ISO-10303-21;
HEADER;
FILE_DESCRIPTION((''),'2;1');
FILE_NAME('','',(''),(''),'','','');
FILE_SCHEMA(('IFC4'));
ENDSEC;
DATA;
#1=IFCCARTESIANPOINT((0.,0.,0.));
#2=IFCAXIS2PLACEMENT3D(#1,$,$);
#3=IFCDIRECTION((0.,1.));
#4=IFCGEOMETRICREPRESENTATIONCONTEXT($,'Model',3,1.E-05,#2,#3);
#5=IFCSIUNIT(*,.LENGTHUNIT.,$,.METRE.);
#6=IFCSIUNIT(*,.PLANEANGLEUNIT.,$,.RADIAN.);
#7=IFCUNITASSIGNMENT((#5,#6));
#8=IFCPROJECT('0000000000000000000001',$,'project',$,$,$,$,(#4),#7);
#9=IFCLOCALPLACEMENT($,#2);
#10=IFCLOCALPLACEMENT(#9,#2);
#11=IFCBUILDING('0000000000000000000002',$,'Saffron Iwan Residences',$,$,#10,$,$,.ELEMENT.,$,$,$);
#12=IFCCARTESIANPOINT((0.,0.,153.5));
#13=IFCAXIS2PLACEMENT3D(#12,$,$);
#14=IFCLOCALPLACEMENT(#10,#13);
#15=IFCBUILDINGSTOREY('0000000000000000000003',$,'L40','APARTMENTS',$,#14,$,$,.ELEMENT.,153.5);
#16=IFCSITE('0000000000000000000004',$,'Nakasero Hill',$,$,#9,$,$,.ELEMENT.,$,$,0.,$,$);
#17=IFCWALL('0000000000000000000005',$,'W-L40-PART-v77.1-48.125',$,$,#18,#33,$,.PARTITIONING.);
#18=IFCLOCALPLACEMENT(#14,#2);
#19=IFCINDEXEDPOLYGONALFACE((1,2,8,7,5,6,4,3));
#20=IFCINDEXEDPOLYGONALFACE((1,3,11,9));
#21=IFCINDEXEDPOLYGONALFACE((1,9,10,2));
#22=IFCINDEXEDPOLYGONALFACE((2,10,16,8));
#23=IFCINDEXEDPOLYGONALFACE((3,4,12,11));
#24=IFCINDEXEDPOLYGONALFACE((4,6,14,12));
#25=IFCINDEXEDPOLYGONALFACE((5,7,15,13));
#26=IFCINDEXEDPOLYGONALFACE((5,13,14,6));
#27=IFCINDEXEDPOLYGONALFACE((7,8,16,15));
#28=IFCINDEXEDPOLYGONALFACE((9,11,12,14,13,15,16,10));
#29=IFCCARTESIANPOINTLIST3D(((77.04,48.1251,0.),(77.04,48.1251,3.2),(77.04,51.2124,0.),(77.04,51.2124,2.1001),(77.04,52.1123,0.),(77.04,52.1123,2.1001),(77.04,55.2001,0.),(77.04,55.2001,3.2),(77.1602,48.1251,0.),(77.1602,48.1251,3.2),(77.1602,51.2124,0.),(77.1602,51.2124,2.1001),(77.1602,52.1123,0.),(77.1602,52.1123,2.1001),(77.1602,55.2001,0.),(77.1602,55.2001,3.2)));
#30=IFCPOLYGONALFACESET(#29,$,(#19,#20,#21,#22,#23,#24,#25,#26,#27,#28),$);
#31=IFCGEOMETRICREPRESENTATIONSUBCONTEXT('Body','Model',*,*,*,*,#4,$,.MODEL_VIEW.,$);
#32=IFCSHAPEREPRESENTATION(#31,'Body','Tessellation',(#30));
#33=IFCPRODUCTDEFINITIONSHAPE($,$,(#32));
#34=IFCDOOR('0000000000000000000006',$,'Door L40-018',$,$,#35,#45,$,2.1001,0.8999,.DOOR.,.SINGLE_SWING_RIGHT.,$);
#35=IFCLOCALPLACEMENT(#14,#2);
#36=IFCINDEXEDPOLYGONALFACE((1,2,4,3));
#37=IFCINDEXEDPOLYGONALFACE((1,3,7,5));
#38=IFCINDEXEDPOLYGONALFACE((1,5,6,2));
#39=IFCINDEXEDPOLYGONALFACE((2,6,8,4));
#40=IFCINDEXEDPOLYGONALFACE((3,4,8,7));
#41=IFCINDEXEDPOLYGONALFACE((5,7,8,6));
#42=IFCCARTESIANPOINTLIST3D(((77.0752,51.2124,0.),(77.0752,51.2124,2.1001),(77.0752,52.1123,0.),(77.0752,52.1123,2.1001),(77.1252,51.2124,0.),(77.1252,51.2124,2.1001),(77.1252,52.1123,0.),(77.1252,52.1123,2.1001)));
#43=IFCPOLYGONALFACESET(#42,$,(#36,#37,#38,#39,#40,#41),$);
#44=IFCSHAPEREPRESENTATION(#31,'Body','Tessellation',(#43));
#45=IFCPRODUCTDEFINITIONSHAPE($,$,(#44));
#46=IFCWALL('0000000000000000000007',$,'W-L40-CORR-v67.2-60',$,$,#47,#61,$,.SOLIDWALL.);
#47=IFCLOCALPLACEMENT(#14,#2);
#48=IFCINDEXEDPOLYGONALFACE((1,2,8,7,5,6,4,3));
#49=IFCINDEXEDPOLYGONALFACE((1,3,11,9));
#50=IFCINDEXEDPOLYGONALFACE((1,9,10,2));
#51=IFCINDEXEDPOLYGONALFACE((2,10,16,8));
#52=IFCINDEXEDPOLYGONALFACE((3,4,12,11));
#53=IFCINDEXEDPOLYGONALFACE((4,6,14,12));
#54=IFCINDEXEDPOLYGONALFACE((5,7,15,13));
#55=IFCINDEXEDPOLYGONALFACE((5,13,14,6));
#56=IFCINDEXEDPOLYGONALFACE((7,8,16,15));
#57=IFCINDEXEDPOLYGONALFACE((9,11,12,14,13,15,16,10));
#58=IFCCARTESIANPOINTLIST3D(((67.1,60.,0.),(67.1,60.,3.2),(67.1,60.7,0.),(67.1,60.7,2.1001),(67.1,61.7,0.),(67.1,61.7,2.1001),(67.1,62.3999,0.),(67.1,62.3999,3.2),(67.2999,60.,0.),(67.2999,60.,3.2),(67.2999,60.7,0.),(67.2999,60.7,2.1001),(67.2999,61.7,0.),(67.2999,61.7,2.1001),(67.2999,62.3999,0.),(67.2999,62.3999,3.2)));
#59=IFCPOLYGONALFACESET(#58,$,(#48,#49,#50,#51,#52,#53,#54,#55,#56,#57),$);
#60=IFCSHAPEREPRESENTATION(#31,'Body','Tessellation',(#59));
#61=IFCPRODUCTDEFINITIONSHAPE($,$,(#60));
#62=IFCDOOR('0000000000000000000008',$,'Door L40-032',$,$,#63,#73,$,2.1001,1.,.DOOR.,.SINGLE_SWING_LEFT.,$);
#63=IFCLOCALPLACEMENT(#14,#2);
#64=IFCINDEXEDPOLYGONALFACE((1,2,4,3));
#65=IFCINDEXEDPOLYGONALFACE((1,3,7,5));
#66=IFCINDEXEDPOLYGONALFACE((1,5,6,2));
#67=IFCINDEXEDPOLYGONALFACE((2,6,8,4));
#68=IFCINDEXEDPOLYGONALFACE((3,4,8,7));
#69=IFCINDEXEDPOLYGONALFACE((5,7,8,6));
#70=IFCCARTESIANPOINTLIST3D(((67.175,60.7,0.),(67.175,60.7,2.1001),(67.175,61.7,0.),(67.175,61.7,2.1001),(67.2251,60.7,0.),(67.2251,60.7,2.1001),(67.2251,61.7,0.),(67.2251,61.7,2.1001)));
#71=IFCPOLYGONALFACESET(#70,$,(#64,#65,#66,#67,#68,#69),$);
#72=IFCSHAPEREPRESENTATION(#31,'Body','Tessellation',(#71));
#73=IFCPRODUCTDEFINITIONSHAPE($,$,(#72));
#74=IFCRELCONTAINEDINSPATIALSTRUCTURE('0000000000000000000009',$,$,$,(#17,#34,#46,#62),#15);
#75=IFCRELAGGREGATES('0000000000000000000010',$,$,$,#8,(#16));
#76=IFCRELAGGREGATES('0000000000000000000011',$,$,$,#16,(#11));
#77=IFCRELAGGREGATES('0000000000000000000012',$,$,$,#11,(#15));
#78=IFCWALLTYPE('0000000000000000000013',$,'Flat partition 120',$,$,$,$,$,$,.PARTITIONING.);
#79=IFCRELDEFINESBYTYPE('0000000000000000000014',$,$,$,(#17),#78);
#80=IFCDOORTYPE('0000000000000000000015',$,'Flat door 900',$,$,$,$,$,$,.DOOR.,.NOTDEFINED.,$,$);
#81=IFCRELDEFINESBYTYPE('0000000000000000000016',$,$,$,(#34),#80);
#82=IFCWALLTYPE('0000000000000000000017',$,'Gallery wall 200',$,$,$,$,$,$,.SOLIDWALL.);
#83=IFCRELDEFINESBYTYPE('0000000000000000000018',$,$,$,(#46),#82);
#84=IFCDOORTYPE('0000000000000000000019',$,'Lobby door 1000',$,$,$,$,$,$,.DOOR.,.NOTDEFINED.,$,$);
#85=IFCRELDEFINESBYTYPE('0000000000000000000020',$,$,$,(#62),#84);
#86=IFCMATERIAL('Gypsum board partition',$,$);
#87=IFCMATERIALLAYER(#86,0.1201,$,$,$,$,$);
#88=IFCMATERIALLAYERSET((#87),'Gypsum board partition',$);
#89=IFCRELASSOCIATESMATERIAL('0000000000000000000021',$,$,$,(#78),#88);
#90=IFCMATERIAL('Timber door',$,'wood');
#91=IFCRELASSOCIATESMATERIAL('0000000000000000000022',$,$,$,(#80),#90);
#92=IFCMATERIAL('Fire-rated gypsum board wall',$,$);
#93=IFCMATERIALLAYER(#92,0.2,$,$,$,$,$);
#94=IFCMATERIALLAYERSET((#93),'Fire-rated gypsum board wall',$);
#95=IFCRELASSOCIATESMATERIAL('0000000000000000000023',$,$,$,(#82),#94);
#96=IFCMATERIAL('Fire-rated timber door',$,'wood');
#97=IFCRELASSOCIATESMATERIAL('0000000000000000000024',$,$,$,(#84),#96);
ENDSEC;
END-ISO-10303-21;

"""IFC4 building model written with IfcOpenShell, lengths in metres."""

from ifc_helpers import new_model, si_unit, direction, frame, frame_2d, origin, place, context, subcontext, project, spatial, rectangle, extrude, material, layer, layer_set, type_object, element, fill, save


model = new_model("IFC4")

# Units and contexts
model_context = context("Model", 3, precision=1e-05, world=origin(), true_north=direction((0.0, 1.0)))
body_context = subcontext(model_context, "Body", "Model", "MODEL_VIEW")
ifc_project = project(units=[si_unit("LENGTHUNIT", "METRE"), si_unit("PLANEANGLEUNIT", "RADIAN")], contexts=[model_context])

# Site, building, storey
site_placement = place(None, origin())
site = spatial("IfcSite", under=ifc_project, at=site_placement, Name="Nakasero Hill", CompositionType="ELEMENT", RefElevation=0.0)
building_placement = place(site_placement, origin())
building = spatial("IfcBuilding", under=site, at=building_placement, Name="Saffron Iwan Residences", CompositionType="ELEMENT")
storey_placement = place(building_placement, frame((0.0, 0.0, 153.5)))
storey = spatial("IfcBuildingStorey", under=building, at=storey_placement, Name="L40", Description="APARTMENTS", CompositionType="ELEMENT", Elevation=153.5)

# Shared definitions
ifc_material_1 = material(Name="Fire-rated gypsum board wall")

# Shared definitions
ifc_material_2 = material(Name="Gypsum board partition")
ifc_layer_1 = layer(ifc_material_2, 0.1201)
ifc_layer_set_1 = layer_set([ifc_layer_1], Name="Gypsum board partition")
wall_type_1 = type_object("IfcWallType", Name="Flat partition 120", PredefinedType="PARTITIONING", material=ifc_layer_set_1)
ifc_material_3 = material(Name="Timber door", Category="wood")
door_type_1 = type_object("IfcDoorType", Name="Flat door 900", OperationType="NOTDEFINED", PredefinedType="DOOR", material=ifc_material_3)

# Walls, openings, doors
wall_1_placement = place(storey_placement, frame((77.1001, 48.125, 0.0), z_axis=(0.0, 0.0, 1.0), x_axis=(0.0, 1.0, 0.0)))
wall_1 = element("IfcWall", 1, at=wall_1_placement, inside=storey, type_object=wall_type_1, Name="W-L40-PART-v77.1-48.125", PredefinedType="PARTITIONING", context=body_context, shape_type="SweptSolid", body=[
    extrude(rectangle(XDim=7.075, YDim=0.1201, at=frame_2d((3.5376, 0.0))), origin(), (0.0, 0.0, 1.0), 3.2),
])
opening_1_placement = place(wall_1_placement, frame((3.0874, 0.0, 0.0)))
opening_1 = element("IfcOpeningElement", 2, at=opening_1_placement, cuts=wall_1, PredefinedType="OPENING", context=body_context, shape_type="SweptSolid", body=[
    extrude(rectangle(XDim=0.8999, YDim=2.1001, at=frame_2d((0.45, 1.05))), frame((0.0, 0.0701, 0.0), z_axis=(0.0, -1.0, 0.0), x_axis=(1.0, 0.0, 0.0)), (0.0, 0.0, 1.0), 0.1401),
])
door_1_placement = place(opening_1_placement, origin())
door_1 = element("IfcDoor", 3, at=door_1_placement, inside=storey, type_object=door_type_1, Name="Door L40-018", OperationType="SINGLE_SWING_RIGHT", OverallHeight=2.1001, OverallWidth=0.8999, PredefinedType="DOOR", context=body_context, shape_type="SweptSolid", body=[
    extrude(rectangle(XDim=0.8999, YDim=2.1001, at=frame_2d((0.45, 1.05))), frame((0.0, 0.0249, 0.0), z_axis=(0.0, -1.0, 0.0), x_axis=(1.0, 0.0, 0.0)), (0.0, 0.0, 1.0), 0.05),
])
fill(opening_1, door_1)
ifc_layer_2 = layer(ifc_material_1, 0.2)
ifc_layer_set_2 = layer_set([ifc_layer_2], Name="Fire-rated gypsum board wall")
wall_type_2 = type_object("IfcWallType", Name="Gallery wall 200", PredefinedType="SOLIDWALL", material=ifc_layer_set_2)
wall_2_placement = place(storey_placement, frame((67.2, 60.0, 0.0), z_axis=(0.0, 0.0, 1.0), x_axis=(0.0, 1.0, 0.0)))
wall_2 = element("IfcWall", 4, at=wall_2_placement, inside=storey, type_object=wall_type_2, Name="W-L40-CORR-v67.2-60", PredefinedType="SOLIDWALL", context=body_context, shape_type="SweptSolid", body=[
    extrude(rectangle(XDim=2.3999, YDim=0.2, at=frame_2d((1.2, 0.0))), origin(), (0.0, 0.0, 1.0), 3.2),
])
opening_2_placement = place(wall_2_placement, frame((0.7, 0.0, 0.0)))
opening_2 = element("IfcOpeningElement", 5, at=opening_2_placement, cuts=wall_2, PredefinedType="OPENING", context=body_context, shape_type="SweptSolid", body=[
    extrude(rectangle(XDim=1.0, YDim=2.1001, at=frame_2d((0.5, 1.05))), frame((0.0, 0.1099, 0.0), z_axis=(0.0, -1.0, 0.0), x_axis=(1.0, 0.0, 0.0)), (0.0, 0.0, 1.0), 0.22),
])
ifc_material_4 = material(Name="Fire-rated timber door", Category="wood")
door_type_2 = type_object("IfcDoorType", Name="Lobby door 1000", OperationType="NOTDEFINED", PredefinedType="DOOR", material=ifc_material_4)
door_2_placement = place(opening_2_placement, origin())
door_2 = element("IfcDoor", 6, at=door_2_placement, inside=storey, type_object=door_type_2, Name="Door L40-032", OperationType="SINGLE_SWING_LEFT", OverallHeight=2.1001, OverallWidth=1.0, PredefinedType="DOOR", context=body_context, shape_type="SweptSolid", body=[
    extrude(rectangle(XDim=1.0, YDim=2.1001, at=frame_2d((0.5, 1.05))), frame((0.0, 0.0249, 0.0), z_axis=(0.0, -1.0, 0.0), x_axis=(1.0, 0.0, 0.0)), (0.0, 0.0, 1.0), 0.05),
])
fill(opening_2, door_2)

save(model, "model.ifc")
